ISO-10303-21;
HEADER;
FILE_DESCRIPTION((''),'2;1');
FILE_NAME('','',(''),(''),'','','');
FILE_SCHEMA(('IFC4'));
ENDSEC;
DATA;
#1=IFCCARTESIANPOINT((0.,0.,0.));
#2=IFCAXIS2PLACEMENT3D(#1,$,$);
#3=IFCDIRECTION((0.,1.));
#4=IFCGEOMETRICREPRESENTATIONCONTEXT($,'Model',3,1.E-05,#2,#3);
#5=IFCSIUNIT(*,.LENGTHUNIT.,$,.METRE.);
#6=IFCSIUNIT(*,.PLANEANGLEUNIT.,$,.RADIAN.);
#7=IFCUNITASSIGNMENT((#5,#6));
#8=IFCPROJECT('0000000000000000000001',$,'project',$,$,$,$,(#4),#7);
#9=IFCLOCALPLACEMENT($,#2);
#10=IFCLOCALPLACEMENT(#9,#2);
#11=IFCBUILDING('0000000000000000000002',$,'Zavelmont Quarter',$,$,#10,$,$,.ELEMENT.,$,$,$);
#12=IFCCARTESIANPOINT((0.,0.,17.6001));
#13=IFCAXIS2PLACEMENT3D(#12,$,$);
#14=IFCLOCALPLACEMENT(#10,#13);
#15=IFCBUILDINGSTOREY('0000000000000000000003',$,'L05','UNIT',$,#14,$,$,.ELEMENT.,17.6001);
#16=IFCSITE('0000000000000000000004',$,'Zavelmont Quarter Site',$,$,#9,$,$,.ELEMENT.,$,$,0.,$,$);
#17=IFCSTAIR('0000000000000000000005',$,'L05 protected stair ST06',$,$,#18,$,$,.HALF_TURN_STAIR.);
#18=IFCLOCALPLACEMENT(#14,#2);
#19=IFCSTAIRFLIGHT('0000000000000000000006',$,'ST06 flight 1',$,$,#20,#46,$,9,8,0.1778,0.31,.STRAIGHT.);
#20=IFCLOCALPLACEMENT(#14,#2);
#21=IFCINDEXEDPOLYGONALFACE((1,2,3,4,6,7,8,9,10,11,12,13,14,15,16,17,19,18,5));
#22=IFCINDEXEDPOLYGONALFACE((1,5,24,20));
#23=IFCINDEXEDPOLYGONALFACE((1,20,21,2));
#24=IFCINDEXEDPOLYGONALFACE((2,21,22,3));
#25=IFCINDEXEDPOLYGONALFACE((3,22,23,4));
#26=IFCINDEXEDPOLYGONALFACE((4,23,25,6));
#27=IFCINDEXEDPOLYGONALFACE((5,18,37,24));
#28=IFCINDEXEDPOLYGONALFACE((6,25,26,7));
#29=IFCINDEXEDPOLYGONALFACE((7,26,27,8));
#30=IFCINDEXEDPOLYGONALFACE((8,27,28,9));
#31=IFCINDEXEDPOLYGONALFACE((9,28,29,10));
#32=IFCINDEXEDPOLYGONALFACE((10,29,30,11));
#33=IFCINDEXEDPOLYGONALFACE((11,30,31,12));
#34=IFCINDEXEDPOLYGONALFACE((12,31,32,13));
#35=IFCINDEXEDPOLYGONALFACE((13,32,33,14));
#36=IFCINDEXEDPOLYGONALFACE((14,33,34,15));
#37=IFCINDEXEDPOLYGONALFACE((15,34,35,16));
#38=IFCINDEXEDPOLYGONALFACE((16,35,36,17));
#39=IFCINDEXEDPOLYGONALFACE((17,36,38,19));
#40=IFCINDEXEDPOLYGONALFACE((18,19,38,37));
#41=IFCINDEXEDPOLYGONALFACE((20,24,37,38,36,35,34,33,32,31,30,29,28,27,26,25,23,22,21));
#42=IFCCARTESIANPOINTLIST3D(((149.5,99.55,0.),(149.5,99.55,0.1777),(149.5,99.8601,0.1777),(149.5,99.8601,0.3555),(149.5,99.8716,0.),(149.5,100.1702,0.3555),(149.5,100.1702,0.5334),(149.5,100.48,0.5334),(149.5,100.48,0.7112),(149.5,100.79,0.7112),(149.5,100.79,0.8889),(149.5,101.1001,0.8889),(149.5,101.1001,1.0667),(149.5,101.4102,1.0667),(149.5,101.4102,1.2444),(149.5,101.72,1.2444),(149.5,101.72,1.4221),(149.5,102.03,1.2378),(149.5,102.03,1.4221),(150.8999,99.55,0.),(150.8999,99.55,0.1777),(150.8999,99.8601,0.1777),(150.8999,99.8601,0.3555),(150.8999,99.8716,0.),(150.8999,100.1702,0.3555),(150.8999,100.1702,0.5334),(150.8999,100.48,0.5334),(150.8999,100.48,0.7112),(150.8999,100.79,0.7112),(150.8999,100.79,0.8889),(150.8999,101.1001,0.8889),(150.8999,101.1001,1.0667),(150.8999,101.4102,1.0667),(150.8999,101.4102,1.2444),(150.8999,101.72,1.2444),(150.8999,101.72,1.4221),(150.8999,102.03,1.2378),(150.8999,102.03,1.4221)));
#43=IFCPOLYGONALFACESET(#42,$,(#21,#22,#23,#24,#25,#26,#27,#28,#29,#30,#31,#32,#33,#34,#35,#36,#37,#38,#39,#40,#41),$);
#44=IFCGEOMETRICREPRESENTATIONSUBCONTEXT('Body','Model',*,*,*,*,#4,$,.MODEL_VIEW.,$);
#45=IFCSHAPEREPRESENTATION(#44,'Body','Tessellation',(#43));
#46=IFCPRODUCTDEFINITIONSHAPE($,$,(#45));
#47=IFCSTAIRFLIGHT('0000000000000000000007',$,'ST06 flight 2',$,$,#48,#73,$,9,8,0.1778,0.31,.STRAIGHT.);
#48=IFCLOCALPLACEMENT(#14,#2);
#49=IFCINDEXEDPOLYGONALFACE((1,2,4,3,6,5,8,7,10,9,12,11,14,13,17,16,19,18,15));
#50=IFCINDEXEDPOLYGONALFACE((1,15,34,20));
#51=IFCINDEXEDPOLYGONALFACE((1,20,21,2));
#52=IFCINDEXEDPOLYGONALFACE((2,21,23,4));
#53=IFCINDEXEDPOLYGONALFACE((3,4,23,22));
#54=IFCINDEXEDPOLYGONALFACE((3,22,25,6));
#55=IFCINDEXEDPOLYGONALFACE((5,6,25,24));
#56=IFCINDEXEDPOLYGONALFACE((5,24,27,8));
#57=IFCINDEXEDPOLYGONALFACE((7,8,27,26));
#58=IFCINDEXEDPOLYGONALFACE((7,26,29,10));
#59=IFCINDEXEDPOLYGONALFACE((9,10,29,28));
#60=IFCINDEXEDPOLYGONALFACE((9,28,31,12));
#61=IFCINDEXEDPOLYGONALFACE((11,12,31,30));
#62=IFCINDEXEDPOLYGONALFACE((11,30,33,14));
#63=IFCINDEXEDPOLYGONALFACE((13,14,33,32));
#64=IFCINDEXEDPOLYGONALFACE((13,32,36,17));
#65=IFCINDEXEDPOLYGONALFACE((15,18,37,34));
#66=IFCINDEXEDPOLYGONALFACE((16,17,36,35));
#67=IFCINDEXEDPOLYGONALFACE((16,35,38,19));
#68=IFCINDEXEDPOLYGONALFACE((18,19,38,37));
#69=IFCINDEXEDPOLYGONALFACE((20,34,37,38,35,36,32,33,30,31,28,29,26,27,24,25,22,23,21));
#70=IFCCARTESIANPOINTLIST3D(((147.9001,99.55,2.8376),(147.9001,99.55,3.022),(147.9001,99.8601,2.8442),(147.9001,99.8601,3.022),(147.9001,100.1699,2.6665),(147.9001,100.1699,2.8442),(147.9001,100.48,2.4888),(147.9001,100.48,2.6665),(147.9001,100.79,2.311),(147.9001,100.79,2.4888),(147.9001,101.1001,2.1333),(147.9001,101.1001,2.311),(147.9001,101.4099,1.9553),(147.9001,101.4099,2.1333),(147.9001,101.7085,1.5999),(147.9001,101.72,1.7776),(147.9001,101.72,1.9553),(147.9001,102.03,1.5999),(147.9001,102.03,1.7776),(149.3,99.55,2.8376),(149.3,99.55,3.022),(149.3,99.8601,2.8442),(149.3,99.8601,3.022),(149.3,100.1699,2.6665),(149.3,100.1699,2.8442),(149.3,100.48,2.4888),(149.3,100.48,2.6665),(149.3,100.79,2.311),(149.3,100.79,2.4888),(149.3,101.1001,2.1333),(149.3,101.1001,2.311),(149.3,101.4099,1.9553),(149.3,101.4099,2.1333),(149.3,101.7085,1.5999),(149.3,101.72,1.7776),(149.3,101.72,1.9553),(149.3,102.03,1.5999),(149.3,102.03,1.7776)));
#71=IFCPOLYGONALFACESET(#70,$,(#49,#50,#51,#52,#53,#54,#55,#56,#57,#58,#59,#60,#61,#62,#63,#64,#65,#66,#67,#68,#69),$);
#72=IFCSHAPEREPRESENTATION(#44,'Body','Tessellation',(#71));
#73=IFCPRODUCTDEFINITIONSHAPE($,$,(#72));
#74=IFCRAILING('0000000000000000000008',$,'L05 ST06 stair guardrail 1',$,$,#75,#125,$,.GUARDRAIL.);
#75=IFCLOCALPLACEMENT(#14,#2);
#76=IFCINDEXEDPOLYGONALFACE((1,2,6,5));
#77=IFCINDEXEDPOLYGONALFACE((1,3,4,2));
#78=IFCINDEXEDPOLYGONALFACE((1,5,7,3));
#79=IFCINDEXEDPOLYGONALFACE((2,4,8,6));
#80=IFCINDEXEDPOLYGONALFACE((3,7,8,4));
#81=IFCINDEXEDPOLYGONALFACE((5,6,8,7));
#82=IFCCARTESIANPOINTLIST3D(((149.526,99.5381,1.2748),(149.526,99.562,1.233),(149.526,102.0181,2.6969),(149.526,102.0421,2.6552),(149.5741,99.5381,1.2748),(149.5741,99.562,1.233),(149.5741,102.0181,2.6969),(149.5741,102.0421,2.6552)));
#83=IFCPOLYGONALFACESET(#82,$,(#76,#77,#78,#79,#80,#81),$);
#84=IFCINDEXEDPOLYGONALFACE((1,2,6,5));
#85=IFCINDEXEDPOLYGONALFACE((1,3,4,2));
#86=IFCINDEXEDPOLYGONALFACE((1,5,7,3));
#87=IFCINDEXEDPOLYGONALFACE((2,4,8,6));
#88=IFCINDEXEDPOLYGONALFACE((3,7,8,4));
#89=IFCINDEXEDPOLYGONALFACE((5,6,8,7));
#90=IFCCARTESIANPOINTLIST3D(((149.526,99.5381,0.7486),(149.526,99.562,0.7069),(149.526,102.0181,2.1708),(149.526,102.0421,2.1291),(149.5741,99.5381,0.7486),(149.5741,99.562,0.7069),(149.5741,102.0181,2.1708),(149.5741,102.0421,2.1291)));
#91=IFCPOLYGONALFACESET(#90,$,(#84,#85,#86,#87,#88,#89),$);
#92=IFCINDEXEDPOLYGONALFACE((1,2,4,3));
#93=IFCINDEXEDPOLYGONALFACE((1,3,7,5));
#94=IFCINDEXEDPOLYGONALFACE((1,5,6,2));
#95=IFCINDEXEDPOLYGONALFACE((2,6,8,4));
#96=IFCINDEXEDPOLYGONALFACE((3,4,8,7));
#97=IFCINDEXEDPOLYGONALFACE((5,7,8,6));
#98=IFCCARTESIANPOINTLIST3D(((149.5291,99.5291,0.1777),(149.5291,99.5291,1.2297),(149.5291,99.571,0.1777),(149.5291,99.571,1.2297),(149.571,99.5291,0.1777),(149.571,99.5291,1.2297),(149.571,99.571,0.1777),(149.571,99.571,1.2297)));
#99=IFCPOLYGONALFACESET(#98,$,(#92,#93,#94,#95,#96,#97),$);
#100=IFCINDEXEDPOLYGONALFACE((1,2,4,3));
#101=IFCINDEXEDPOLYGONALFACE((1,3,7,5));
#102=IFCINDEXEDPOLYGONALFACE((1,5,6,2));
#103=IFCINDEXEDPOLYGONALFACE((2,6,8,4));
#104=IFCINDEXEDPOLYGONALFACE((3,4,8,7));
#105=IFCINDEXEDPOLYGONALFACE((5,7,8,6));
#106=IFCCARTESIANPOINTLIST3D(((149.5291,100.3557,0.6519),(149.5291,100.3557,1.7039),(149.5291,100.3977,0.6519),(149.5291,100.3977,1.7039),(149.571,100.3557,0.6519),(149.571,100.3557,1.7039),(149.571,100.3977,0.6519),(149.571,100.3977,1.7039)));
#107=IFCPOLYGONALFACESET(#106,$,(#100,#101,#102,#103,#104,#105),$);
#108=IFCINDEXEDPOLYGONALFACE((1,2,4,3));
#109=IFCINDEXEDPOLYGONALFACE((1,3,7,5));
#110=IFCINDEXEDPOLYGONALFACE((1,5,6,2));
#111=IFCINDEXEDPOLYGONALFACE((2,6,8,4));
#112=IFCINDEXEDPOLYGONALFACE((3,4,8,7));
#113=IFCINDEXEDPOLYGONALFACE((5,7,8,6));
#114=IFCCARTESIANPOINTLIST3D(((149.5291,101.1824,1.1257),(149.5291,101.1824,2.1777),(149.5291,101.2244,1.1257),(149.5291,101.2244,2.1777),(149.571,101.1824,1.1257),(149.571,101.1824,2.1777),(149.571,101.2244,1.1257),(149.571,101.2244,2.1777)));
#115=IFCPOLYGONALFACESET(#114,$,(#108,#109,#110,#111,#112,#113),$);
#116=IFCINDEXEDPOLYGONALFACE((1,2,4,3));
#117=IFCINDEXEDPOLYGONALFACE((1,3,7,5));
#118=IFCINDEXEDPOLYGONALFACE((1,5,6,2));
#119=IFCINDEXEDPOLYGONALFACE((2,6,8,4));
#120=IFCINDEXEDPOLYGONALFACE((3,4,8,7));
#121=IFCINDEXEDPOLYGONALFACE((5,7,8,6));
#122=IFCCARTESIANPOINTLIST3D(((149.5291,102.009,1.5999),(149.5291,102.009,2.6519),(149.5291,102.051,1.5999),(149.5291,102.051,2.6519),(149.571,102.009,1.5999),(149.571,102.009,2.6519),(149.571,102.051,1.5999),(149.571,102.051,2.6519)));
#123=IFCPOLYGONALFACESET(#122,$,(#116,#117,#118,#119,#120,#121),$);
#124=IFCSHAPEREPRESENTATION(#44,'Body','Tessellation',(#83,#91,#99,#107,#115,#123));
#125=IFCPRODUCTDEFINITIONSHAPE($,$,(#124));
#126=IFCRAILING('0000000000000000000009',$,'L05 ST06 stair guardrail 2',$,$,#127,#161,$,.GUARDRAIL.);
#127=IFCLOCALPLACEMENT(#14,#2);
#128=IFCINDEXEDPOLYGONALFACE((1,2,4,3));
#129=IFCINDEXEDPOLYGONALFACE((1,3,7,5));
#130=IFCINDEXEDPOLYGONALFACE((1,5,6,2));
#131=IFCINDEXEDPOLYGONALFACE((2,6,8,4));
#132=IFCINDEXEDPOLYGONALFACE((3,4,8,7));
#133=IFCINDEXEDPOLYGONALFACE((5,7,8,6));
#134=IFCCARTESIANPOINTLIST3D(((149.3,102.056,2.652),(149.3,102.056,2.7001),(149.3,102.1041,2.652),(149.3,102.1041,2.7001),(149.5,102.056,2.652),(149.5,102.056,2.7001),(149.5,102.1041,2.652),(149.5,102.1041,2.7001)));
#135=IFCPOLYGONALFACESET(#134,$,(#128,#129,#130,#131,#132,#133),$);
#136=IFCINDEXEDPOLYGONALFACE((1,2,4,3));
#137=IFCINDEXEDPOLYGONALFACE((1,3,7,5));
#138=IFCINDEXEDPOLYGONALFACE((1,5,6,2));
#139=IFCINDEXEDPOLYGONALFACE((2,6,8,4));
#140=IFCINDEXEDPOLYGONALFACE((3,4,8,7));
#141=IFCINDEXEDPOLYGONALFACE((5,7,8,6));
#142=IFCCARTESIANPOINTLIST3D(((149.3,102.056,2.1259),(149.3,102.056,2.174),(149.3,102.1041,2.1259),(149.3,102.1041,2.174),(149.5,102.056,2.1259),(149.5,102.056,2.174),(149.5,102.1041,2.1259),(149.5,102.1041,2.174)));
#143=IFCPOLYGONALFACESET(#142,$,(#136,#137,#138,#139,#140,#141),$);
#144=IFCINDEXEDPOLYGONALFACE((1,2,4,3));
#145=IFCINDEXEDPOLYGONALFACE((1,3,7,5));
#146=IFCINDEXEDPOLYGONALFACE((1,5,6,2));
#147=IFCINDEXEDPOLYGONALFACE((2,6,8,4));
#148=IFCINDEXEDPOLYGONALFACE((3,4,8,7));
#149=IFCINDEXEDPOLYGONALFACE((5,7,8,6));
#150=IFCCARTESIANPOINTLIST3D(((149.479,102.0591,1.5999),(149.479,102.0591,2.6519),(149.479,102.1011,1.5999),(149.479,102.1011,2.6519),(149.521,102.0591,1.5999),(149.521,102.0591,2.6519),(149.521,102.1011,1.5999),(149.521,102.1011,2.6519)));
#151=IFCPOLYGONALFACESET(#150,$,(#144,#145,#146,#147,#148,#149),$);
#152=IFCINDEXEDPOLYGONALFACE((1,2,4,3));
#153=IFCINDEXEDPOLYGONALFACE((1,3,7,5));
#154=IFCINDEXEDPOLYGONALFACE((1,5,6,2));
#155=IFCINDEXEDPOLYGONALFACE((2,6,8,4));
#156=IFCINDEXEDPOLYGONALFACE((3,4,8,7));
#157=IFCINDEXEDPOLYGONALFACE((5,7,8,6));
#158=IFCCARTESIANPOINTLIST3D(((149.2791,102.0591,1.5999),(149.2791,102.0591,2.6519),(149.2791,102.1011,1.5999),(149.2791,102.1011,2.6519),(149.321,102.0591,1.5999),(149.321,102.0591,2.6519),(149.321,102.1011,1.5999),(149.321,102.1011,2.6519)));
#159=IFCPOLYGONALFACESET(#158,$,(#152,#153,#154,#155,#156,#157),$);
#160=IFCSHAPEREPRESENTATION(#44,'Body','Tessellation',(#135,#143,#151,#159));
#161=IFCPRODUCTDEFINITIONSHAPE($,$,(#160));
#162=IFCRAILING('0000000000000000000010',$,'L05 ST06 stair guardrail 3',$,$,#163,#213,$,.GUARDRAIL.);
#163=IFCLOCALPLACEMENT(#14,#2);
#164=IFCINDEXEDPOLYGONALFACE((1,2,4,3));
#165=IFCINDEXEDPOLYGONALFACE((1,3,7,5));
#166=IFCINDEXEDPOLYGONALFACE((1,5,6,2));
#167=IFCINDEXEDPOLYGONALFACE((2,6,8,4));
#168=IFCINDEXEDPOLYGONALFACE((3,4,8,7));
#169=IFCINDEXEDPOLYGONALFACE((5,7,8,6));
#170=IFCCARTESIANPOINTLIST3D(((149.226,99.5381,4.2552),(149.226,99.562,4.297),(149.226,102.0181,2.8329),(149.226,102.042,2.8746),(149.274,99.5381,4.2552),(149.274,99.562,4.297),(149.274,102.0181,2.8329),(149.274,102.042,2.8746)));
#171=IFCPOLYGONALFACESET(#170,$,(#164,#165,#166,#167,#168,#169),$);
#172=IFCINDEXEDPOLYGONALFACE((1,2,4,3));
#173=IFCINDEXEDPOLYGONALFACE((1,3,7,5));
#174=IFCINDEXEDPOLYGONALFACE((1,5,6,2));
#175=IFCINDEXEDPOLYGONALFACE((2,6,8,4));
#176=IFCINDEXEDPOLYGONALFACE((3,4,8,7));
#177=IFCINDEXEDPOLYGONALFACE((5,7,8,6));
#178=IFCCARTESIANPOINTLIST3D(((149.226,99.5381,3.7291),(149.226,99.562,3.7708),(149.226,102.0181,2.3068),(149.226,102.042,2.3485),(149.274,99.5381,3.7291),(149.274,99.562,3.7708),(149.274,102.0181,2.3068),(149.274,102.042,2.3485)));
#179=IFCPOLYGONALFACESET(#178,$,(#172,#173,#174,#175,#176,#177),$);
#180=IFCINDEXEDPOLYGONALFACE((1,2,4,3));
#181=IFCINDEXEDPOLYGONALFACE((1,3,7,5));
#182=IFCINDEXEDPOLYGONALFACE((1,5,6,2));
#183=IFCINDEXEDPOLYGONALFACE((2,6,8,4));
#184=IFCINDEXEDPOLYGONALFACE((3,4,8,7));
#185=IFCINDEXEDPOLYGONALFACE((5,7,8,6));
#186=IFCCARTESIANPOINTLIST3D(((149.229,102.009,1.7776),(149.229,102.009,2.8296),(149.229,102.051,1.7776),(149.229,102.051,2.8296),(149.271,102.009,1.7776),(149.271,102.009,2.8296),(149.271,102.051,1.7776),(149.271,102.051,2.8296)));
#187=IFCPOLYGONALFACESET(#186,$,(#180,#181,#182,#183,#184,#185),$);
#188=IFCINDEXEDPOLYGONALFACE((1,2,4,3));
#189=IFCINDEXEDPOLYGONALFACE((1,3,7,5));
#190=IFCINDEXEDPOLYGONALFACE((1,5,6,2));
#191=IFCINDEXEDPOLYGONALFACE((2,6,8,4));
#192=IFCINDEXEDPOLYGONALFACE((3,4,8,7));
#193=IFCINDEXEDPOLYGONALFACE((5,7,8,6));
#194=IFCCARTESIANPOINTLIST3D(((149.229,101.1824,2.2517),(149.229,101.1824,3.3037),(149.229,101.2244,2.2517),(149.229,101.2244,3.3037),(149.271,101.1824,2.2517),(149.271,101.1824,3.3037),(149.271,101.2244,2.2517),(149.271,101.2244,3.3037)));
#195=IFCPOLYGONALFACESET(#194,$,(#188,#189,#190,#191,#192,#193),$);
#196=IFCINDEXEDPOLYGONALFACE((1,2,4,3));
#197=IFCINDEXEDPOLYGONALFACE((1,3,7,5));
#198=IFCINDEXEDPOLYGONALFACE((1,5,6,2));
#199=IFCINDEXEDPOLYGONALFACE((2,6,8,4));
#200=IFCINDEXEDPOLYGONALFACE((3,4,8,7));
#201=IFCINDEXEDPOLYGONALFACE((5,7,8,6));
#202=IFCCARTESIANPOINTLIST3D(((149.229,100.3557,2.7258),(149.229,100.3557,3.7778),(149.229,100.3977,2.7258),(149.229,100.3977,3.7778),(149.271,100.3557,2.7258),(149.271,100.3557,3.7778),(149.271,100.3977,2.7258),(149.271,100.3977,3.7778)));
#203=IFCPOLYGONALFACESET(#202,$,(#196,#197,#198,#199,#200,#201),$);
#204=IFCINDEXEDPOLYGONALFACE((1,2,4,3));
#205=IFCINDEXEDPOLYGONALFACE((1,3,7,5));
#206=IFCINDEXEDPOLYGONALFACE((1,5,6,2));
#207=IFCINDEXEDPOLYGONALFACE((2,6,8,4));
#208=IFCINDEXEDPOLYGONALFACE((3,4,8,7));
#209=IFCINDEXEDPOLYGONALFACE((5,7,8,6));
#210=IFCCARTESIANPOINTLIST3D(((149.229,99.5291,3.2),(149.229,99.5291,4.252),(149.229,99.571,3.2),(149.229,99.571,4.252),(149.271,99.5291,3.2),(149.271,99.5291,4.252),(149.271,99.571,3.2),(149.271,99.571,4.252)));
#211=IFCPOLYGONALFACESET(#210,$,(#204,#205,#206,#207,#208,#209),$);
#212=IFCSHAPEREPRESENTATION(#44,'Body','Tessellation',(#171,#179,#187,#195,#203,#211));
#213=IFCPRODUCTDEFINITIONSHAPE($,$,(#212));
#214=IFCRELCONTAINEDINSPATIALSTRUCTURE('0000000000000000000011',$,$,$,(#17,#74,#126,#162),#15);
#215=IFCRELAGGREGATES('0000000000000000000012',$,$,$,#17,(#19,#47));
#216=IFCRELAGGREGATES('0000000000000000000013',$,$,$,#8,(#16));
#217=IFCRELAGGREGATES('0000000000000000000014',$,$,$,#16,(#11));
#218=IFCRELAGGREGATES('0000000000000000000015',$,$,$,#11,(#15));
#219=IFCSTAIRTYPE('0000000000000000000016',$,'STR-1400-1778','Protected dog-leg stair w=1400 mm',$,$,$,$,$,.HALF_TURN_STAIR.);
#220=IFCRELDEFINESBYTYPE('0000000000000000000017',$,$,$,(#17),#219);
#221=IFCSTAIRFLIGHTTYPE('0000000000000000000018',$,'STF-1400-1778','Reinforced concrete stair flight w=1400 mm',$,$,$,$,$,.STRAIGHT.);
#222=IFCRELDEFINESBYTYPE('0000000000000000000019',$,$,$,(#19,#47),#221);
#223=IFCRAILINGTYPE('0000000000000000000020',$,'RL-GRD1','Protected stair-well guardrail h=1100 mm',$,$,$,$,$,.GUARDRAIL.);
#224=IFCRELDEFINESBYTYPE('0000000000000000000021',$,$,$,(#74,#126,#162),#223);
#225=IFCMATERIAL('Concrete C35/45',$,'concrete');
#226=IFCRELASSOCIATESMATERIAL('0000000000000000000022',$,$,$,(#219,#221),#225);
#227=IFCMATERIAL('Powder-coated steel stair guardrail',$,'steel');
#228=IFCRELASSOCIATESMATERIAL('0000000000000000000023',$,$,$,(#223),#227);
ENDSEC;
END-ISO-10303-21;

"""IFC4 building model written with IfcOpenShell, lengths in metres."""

from ifc_helpers import new_model, si_unit, direction, frame, origin, origin_2d, place, context, subcontext, project, spatial, polyline, rectangle, outline, extrude, material, type_object, element, aggregate, save


model = new_model("IFC4")

# Units and contexts
model_context = context("Model", 3, precision=1e-05, world=origin(), true_north=direction((0.0, 1.0)))
body_context = subcontext(model_context, "Body", "Model", "MODEL_VIEW")
ifc_project = project(units=[si_unit("LENGTHUNIT", "METRE"), si_unit("PLANEANGLEUNIT", "RADIAN")], contexts=[model_context])

# Site, building, storey
site_placement = place(None, origin())
site = spatial("IfcSite", under=ifc_project, at=site_placement, Name="Zavelmont Quarter Site", CompositionType="ELEMENT", RefElevation=0.0)
building_placement = place(site_placement, origin())
building = spatial("IfcBuilding", under=site, at=building_placement, Name="Zavelmont Quarter", CompositionType="ELEMENT")
storey_placement = place(building_placement, frame((0.0, 0.0, 17.6001)))
storey = spatial("IfcBuildingStorey", under=building, at=storey_placement, Name="L05", Description="UNIT", CompositionType="ELEMENT", Elevation=17.6001)

# Shared definitions
ifc_material_1 = material(Name="Concrete C35/45", Category="concrete")

# Stair, stair flights
stair_type = type_object("IfcStairType", Name="STR-1400-1778", Description="Protected dog-leg stair w=1400 mm", PredefinedType="HALF_TURN_STAIR", material=ifc_material_1)
stair_placement = place(storey_placement, origin())
stair = element("IfcStair", 1, at=stair_placement, inside=storey, type_object=stair_type, Name="L05 protected stair ST06", PredefinedType="HALF_TURN_STAIR")
stair_flight_type = type_object("IfcStairFlightType", Name="STF-1400-1778", Description="Reinforced concrete stair flight w=1400 mm", PredefinedType="STRAIGHT", material=ifc_material_1)
stair_flight_1_placement = place(storey_placement, frame((150.2, 99.55, 0.0), z_axis=(0.0, 0.0, 1.0), x_axis=(0.0, 1.0, 0.0)))
stair_flight_1 = element("IfcStairFlight", 2, at=stair_flight_1_placement, type_object=stair_flight_type, Name="ST06 flight 1", NumberOfRisers=9, NumberOfTreads=8, PredefinedType="STRAIGHT", RiserHeight=0.1778, TreadLength=0.31, context=body_context, shape_type="SweptSolid", body=[
    extrude(outline(polyline([(0.0, 0.0), (0.0, 0.1777), (0.3101, 0.1777), (0.3101, 0.3555), (0.6201, 0.3555), (0.6201, 0.5334), (0.9299, 0.5334), (0.9299, 0.7112), (1.24, 0.7112), (1.24, 0.8889), (1.55, 0.8889), (1.55, 1.0667), (1.8601, 1.0667), (1.8601, 1.2444), (2.1699, 1.2444), (2.1699, 1.4221), (2.48, 1.4221), (2.48, 1.6001), (2.48, 1.2378), (0.3215, 0.0), (0.0, 0.0)])), frame((0.0, 0.7, 0.0), z_axis=(0.0, -1.0, 0.0), x_axis=(1.0, 0.0, 0.0)), (0.0, 0.0, 1.0), 1.3999),
])
stair_flight_2_placement = place(storey_placement, frame((148.6001, 102.03, 1.5999), z_axis=(0.0, 0.0, 1.0), x_axis=(0.0, -1.0, 0.0)))
stair_flight_2 = element("IfcStairFlight", 3, at=stair_flight_2_placement, type_object=stair_flight_type, Name="ST06 flight 2", NumberOfRisers=9, NumberOfTreads=8, PredefinedType="STRAIGHT", RiserHeight=0.1778, TreadLength=0.31, context=body_context, shape_type="SweptSolid", body=[
    extrude(outline(polyline([(0.0, 0.0), (0.0, 0.1777), (0.3101, 0.1777), (0.3101, 0.3555), (0.6201, 0.3555), (0.6201, 0.5334), (0.9299, 0.5334), (0.9299, 0.7112), (1.24, 0.7112), (1.24, 0.8889), (1.55, 0.8889), (1.55, 1.0667), (1.8601, 1.0667), (1.8601, 1.2444), (2.1699, 1.2444), (2.1699, 1.4221), (2.48, 1.4221), (2.48, 1.6001), (2.48, 1.2378), (0.3215, 0.0), (0.0, 0.0)])), frame((0.0, 0.7, 0.0), z_axis=(0.0, -1.0, 0.0), x_axis=(1.0, 0.0, 0.0)), (0.0, 0.0, 1.0), 1.3999),
])
aggregate(stair, [stair_flight_1, stair_flight_2])

# Railings
ifc_material_2 = material(Name="Powder-coated steel stair guardrail", Category="steel")
railing_type_1 = type_object("IfcRailingType", Name="RL-GRD1", Description="Protected stair-well guardrail h=1100 mm", PredefinedType="GUARDRAIL", material=ifc_material_2)
railing_1_placement = place(storey_placement, frame((149.55, 99.55, 0.1777)))
element("IfcRailing", 4, at=railing_1_placement, inside=storey, type_object=railing_type_1, Name="L05 ST06 stair guardrail 1", PredefinedType="GUARDRAIL", context=body_context, shape_type="SweptSolid", body=[
    extrude(rectangle(XDim=0.0481, YDim=0.0481, at=origin_2d()), frame((0.0, 0.0, 1.0762), z_axis=(0.0, 0.867491, 0.497454), x_axis=(-1.0, 0.0, 0.0)), (0.0, 0.0, 1.0), 2.8589),
    extrude(rectangle(XDim=0.0481, YDim=0.0481, at=origin_2d()), frame((0.0, 0.0, 0.55), z_axis=(0.0, 0.867491, 0.497454), x_axis=(-1.0, 0.0, 0.0)), (0.0, 0.0, 1.0), 2.8589),
    extrude(rectangle(XDim=0.042, YDim=0.042, at=origin_2d()), origin(), (0.0, 0.0, 1.0), 1.052),
    extrude(rectangle(XDim=0.042, YDim=0.042, at=origin_2d()), frame((0.0, 0.8267, 0.4741)), (0.0, 0.0, 1.0), 1.052),
    extrude(rectangle(XDim=0.042, YDim=0.042, at=origin_2d()), frame((0.0, 1.6533, 0.948)), (0.0, 0.0, 1.0), 1.052),
    extrude(rectangle(XDim=0.042, YDim=0.042, at=origin_2d()), frame((0.0, 2.48, 1.4221)), (0.0, 0.0, 1.0), 1.052),
])
railing_2_placement = place(storey_placement, frame((149.5, 102.0801, 1.5999)))
element("IfcRailing", 5, at=railing_2_placement, inside=storey, type_object=railing_type_1, Name="L05 ST06 stair guardrail 2", PredefinedType="GUARDRAIL", context=body_context, shape_type="SweptSolid", body=[
    extrude(rectangle(XDim=0.0481, YDim=0.0481, at=origin_2d()), frame((0.0, 0.0, 1.0762), z_axis=(-1.0, 0.0, 0.0), x_axis=(0.0, -1.0, 0.0)), (0.0, 0.0, 1.0), 0.2),
    extrude(rectangle(XDim=0.0481, YDim=0.0481, at=origin_2d()), frame((0.0, 0.0, 0.55), z_axis=(-1.0, 0.0, 0.0), x_axis=(0.0, -1.0, 0.0)), (0.0, 0.0, 1.0), 0.2),
    extrude(rectangle(XDim=0.042, YDim=0.042, at=origin_2d()), origin(), (0.0, 0.0, 1.0), 1.052),
    extrude(rectangle(XDim=0.042, YDim=0.042, at=origin_2d()), frame((-0.2, 0.0, 0.0)), (0.0, 0.0, 1.0), 1.052),
])
railing_3_placement = place(storey_placement, frame((149.25, 102.03, 1.7776)))
element("IfcRailing", 6, at=railing_3_placement, inside=storey, type_object=railing_type_1, Name="L05 ST06 stair guardrail 3", PredefinedType="GUARDRAIL", context=body_context, shape_type="SweptSolid", body=[
    extrude(rectangle(XDim=0.0481, YDim=0.0481, at=origin_2d()), frame((0.0, 0.0, 1.0762), z_axis=(0.0, -0.867454, 0.497518), x_axis=(1.0, 0.0, 0.0)), (0.0, 0.0, 1.0), 2.8589),
    extrude(rectangle(XDim=0.0481, YDim=0.0481, at=origin_2d()), frame((0.0, 0.0, 0.55), z_axis=(0.0, -0.867454, 0.497518), x_axis=(1.0, 0.0, 0.0)), (0.0, 0.0, 1.0), 2.8589),
    extrude(rectangle(XDim=0.042, YDim=0.042, at=origin_2d()), origin(), (0.0, 0.0, 1.0), 1.052),
    extrude(rectangle(XDim=0.042, YDim=0.042, at=origin_2d()), frame((0.0, -0.8267, 0.4741)), (0.0, 0.0, 1.0), 1.052),
    extrude(rectangle(XDim=0.042, YDim=0.042, at=origin_2d()), frame((0.0, -1.6533, 0.9482)), (0.0, 0.0, 1.0), 1.052),
    extrude(rectangle(XDim=0.042, YDim=0.042, at=origin_2d()), frame((0.0, -2.48, 1.4224)), (0.0, 0.0, 1.0), 1.052),
])

save(model, "model.ifc")
